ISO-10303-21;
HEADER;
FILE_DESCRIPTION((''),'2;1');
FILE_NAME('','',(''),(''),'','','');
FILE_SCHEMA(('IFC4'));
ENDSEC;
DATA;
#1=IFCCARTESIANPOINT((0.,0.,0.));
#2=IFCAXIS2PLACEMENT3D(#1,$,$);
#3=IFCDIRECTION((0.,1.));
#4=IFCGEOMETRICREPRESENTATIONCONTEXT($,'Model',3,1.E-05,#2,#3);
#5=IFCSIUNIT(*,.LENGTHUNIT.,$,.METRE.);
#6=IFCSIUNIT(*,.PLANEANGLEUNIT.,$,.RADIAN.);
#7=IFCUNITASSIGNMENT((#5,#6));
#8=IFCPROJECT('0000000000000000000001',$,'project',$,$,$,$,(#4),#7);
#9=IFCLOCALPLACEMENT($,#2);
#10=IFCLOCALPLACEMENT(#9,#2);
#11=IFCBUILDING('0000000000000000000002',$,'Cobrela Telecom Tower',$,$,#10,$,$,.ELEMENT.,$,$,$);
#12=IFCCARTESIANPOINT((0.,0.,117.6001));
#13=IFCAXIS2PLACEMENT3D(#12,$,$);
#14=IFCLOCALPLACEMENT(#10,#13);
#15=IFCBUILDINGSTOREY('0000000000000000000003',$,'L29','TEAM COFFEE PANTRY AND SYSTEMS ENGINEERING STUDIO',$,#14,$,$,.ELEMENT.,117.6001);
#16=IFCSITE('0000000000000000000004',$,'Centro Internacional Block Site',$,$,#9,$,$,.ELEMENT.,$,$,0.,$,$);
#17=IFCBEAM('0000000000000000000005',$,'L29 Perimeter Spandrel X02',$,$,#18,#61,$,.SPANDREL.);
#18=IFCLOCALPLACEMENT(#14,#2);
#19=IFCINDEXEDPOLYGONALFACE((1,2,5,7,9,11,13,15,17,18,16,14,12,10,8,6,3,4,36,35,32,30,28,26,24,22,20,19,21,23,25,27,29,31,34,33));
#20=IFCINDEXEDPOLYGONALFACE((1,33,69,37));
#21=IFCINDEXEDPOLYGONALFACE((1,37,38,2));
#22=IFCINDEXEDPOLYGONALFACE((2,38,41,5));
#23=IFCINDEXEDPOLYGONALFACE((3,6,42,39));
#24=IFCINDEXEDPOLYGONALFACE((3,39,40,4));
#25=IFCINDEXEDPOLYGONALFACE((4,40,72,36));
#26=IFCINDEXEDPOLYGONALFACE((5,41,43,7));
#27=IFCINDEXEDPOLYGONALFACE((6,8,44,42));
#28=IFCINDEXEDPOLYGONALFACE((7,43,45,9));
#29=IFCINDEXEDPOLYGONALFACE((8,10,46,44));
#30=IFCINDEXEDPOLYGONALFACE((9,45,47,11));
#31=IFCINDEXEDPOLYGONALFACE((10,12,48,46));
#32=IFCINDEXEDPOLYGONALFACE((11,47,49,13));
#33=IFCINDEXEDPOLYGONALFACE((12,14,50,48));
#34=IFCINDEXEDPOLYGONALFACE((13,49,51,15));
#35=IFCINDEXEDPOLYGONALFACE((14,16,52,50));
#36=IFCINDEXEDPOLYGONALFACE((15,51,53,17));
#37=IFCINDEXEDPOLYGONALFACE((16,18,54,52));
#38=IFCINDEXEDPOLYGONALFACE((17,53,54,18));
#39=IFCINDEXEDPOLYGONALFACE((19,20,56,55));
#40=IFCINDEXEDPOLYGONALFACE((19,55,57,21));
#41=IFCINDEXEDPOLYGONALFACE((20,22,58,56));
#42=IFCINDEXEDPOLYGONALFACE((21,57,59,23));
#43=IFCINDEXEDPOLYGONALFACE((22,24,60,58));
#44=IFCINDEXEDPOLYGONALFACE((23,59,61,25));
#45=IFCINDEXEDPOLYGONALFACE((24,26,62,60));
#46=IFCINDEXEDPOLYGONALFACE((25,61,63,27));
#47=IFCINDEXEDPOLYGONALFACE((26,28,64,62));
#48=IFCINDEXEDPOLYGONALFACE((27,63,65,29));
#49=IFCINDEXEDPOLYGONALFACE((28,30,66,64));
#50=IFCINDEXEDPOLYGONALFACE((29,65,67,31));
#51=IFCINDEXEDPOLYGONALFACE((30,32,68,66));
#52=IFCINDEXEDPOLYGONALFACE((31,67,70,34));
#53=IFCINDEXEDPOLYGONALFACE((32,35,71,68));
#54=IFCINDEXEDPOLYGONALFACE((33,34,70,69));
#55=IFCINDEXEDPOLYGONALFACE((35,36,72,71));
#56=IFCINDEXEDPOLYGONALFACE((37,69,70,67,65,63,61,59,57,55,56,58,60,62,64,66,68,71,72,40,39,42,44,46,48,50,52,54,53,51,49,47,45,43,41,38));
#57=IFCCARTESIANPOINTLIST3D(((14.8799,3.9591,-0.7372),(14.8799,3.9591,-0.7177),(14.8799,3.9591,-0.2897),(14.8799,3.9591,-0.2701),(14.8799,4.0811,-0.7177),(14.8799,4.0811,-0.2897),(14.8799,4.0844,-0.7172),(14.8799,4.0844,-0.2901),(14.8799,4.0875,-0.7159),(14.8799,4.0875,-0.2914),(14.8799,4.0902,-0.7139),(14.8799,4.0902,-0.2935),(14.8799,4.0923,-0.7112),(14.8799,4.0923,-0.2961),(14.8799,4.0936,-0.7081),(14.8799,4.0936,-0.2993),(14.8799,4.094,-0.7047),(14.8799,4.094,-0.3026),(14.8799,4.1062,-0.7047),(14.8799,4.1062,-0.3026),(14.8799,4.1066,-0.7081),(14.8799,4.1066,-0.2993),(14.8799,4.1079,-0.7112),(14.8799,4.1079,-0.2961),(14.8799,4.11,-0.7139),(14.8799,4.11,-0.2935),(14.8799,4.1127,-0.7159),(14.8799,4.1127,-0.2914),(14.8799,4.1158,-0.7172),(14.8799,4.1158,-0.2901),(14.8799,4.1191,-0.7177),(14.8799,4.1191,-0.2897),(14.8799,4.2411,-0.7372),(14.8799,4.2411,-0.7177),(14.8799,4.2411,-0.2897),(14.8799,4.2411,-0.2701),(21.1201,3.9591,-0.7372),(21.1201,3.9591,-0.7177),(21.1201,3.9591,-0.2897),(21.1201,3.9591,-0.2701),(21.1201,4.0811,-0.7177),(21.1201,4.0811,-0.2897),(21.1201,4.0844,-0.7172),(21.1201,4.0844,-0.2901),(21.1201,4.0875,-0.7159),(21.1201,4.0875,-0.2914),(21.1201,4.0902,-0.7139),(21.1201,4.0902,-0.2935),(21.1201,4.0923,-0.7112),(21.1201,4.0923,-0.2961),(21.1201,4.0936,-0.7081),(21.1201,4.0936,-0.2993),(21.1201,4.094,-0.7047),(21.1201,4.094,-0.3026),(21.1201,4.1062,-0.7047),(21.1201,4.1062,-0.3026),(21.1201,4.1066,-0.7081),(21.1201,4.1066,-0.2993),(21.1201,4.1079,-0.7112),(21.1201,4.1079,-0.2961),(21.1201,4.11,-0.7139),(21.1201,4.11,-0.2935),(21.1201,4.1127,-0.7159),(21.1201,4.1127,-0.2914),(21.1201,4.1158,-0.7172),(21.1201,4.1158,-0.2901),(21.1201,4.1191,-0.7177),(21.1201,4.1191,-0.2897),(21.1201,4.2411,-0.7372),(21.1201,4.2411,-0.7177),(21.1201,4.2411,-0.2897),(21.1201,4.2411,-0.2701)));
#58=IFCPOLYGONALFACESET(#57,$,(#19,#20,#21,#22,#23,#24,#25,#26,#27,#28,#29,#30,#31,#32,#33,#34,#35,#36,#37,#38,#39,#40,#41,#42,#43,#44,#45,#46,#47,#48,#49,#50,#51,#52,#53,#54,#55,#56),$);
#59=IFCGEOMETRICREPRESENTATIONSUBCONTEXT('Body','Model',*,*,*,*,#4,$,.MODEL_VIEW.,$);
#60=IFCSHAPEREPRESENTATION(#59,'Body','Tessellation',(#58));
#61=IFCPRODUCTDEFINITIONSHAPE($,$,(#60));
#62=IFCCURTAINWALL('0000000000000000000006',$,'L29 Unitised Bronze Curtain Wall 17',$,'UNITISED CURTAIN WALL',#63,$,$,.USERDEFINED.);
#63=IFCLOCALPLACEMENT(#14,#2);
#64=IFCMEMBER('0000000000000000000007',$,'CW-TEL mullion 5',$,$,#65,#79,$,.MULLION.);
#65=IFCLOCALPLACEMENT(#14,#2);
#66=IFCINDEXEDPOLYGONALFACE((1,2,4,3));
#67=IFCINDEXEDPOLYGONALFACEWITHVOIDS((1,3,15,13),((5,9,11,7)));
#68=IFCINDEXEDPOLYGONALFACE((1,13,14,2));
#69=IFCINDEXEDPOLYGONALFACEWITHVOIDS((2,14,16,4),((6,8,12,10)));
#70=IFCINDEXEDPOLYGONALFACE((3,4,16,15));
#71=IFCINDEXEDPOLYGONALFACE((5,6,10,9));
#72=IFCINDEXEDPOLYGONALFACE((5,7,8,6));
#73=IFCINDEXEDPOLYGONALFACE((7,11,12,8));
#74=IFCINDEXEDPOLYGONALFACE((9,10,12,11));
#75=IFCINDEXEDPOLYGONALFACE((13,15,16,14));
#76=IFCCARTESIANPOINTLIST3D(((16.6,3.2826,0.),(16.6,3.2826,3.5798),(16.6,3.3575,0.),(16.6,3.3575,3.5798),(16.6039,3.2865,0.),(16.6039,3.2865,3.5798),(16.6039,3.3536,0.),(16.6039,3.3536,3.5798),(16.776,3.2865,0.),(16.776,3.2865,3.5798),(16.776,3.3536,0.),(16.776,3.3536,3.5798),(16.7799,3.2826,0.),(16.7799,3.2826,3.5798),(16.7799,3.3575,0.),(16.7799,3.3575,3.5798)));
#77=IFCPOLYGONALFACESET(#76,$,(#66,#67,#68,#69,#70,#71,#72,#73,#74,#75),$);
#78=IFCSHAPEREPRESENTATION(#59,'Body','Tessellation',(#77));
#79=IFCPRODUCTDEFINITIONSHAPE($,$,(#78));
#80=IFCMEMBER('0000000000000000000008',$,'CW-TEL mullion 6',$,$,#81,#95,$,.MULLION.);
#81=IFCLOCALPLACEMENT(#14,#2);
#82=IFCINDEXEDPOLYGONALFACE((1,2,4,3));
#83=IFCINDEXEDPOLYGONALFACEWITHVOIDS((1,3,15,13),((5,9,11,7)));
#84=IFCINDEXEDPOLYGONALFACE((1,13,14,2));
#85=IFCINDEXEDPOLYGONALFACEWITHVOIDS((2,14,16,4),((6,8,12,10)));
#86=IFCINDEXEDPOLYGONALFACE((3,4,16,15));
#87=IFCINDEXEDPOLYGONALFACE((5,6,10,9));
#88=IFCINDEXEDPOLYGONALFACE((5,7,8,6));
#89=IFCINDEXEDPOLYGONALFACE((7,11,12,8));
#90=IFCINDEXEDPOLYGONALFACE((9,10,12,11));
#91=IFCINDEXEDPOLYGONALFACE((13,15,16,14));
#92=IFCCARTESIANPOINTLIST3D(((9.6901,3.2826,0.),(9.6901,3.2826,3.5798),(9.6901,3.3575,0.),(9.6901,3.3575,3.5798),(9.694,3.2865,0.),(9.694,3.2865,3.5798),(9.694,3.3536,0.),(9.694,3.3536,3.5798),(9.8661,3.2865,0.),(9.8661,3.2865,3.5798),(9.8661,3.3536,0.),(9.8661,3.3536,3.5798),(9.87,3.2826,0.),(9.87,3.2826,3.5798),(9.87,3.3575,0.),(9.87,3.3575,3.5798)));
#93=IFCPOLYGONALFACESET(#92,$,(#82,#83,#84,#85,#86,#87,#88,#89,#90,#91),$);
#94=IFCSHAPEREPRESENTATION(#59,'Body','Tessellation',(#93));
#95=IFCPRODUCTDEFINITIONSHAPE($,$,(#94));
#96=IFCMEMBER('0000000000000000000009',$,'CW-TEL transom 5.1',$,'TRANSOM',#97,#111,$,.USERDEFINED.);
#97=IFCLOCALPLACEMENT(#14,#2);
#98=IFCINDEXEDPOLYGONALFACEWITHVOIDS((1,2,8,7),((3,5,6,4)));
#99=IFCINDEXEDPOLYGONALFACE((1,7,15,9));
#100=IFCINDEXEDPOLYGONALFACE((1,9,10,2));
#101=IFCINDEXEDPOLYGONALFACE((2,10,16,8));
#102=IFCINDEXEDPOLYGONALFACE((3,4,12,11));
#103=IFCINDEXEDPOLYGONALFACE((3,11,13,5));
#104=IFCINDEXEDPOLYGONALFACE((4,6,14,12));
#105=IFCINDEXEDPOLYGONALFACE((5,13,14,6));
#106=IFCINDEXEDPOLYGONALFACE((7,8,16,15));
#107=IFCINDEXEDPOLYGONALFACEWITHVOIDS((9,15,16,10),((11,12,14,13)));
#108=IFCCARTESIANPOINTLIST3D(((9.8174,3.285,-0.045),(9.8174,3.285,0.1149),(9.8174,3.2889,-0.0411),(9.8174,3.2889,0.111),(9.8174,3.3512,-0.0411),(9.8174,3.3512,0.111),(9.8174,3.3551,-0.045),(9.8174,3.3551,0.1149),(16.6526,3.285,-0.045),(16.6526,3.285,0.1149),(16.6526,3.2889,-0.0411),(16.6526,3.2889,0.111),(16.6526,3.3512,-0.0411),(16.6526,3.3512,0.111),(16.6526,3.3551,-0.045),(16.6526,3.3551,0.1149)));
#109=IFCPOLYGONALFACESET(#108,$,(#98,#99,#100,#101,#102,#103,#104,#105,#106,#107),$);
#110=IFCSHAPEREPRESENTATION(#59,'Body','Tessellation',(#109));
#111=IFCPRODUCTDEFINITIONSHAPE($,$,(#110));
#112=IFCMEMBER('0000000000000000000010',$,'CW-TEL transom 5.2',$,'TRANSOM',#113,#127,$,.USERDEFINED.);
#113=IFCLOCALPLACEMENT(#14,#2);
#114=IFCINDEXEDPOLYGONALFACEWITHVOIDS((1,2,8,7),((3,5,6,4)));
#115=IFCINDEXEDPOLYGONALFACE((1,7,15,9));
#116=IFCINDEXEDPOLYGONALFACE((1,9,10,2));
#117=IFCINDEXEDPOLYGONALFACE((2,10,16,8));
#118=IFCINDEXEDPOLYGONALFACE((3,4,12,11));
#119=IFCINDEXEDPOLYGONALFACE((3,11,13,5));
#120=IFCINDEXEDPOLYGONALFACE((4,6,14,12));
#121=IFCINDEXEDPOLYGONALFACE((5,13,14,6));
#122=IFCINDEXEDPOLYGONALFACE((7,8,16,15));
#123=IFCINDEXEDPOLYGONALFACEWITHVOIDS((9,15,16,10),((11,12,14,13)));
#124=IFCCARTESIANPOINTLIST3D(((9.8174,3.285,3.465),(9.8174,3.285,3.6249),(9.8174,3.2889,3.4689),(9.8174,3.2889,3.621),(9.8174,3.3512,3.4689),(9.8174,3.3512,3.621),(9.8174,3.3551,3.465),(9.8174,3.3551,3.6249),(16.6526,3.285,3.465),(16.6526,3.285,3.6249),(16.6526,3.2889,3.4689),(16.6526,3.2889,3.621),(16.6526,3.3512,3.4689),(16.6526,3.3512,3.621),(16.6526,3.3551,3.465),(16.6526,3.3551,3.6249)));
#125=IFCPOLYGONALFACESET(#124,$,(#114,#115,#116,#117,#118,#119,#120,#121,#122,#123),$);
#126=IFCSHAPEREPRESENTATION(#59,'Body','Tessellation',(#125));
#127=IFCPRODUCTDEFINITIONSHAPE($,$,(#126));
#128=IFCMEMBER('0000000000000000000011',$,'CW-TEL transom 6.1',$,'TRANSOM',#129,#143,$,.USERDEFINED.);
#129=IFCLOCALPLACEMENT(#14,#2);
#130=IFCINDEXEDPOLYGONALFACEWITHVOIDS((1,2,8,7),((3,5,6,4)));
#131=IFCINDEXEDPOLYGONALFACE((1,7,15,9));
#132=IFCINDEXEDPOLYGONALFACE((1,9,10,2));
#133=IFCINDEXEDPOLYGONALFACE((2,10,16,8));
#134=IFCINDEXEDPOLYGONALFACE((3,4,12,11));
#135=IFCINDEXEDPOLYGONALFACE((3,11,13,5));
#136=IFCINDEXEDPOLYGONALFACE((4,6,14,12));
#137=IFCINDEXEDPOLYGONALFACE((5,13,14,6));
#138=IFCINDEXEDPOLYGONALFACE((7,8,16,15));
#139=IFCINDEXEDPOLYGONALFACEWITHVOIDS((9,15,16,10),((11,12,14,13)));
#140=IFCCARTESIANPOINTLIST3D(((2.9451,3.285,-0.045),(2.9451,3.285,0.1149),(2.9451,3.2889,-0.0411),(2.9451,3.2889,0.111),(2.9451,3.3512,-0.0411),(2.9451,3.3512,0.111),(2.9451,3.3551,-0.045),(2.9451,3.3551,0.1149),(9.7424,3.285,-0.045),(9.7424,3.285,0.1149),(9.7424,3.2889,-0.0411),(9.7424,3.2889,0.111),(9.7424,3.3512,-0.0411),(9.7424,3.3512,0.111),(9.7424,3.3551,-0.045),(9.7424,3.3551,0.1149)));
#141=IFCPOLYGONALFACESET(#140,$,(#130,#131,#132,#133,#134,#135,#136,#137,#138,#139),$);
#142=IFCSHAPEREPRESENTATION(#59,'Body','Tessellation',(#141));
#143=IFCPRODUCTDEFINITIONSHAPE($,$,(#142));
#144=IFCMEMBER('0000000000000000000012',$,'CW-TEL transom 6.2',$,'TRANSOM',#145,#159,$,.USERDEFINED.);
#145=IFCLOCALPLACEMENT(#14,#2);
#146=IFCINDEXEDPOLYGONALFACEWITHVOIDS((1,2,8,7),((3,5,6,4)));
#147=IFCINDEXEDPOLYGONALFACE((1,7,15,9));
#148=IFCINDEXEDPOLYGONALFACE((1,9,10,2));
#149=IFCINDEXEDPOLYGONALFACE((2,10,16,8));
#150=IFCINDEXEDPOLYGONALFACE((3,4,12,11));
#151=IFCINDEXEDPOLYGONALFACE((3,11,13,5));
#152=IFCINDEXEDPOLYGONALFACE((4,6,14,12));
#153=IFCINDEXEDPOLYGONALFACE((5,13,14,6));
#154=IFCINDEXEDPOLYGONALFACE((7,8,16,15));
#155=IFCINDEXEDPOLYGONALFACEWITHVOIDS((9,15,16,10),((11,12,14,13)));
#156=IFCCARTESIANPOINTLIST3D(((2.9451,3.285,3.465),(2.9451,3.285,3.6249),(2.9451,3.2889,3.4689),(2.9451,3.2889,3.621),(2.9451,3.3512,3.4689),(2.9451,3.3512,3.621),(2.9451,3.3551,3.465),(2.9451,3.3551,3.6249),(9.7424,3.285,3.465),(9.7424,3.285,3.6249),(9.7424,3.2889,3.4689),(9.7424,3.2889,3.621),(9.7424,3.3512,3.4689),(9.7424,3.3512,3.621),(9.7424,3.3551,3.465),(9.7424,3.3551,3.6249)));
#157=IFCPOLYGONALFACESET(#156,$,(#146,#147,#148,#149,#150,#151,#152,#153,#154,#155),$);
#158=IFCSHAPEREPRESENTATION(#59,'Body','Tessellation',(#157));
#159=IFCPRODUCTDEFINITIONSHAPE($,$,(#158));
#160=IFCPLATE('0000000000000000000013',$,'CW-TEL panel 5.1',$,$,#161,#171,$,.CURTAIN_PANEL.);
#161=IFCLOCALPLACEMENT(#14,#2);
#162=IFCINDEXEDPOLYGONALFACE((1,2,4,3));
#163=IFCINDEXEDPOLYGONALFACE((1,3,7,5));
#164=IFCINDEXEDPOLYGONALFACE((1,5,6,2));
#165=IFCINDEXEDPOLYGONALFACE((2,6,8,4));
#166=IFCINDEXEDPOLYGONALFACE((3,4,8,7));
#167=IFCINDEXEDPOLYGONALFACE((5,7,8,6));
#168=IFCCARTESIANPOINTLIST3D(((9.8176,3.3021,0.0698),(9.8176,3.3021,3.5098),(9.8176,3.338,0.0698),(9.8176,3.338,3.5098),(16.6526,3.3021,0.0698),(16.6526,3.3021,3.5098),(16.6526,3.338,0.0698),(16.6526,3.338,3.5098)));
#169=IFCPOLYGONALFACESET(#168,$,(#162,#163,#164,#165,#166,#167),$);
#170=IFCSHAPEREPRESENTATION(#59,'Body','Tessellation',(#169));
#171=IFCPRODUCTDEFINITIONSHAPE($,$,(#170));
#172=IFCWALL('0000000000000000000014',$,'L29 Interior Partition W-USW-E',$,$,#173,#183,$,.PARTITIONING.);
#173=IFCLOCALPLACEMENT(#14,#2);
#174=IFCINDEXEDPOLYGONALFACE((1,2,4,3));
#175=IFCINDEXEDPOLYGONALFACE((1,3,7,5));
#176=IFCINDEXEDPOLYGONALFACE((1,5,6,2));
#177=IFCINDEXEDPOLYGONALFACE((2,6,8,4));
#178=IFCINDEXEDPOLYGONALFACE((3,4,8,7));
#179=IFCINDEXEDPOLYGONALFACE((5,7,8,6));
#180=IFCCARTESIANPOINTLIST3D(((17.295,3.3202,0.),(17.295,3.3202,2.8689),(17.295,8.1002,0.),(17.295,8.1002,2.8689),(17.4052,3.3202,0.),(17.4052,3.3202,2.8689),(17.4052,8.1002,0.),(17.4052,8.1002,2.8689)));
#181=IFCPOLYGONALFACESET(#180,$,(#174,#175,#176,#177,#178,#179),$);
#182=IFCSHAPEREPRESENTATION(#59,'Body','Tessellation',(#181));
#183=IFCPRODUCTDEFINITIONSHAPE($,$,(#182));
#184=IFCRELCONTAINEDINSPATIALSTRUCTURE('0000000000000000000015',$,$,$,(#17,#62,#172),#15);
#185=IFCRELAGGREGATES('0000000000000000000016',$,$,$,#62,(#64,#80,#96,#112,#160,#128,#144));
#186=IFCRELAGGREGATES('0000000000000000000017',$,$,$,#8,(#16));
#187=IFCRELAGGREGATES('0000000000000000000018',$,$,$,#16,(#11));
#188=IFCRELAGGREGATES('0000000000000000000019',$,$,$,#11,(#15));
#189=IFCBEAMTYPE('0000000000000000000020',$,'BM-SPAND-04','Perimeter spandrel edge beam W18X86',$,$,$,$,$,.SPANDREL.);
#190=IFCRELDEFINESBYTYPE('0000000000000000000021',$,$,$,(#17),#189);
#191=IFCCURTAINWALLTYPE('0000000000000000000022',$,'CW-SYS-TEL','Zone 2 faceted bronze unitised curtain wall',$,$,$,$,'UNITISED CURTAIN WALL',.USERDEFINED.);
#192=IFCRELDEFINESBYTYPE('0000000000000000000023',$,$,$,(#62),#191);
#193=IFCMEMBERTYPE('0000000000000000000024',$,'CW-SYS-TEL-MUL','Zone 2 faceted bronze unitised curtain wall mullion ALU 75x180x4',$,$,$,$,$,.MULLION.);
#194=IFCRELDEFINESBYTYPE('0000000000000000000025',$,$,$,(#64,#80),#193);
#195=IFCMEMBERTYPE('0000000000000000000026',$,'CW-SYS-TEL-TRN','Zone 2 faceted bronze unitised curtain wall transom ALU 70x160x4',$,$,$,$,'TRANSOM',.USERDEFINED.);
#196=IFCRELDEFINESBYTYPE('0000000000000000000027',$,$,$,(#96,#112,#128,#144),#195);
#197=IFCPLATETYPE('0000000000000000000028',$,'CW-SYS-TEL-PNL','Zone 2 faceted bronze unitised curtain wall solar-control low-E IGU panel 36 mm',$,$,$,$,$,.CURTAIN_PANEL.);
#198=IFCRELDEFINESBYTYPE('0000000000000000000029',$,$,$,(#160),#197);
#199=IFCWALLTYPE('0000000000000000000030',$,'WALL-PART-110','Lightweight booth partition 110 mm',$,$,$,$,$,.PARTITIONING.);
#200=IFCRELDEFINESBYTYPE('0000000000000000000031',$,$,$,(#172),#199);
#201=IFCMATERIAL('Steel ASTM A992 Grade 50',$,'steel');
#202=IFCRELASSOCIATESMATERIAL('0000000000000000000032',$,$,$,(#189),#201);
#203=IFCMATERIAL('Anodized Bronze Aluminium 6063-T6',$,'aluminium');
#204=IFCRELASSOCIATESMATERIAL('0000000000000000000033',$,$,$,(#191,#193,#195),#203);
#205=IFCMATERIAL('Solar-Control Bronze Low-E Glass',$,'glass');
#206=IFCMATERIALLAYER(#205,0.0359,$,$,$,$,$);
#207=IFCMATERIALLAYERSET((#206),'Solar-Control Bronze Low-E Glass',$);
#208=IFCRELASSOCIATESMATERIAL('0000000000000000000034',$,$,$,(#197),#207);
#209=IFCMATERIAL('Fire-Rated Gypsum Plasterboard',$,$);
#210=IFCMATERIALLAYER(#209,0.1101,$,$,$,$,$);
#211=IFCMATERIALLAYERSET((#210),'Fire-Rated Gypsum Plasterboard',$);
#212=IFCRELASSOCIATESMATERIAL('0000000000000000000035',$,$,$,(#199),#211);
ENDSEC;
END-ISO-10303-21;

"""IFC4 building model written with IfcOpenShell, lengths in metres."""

from ifc_helpers import new_model, si_unit, direction, frame, frame_2d, origin, origin_2d, place, context, subcontext, project, spatial, rectangle, hollow_rectangle, i_section, extrude, material, layer, layer_set, material_profile, profile_set, type_object, element, aggregate, save


model = new_model("IFC4")

# Units and contexts
model_context = context("Model", 3, precision=1e-05, world=origin(), true_north=direction((0.0, 1.0)))
body_context = subcontext(model_context, "Body", "Model", "MODEL_VIEW")
ifc_project = project(units=[si_unit("LENGTHUNIT", "METRE"), si_unit("PLANEANGLEUNIT", "RADIAN")], contexts=[model_context])

# Site, building, storey
site_placement = place(None, origin())
site = spatial("IfcSite", under=ifc_project, at=site_placement, Name="Centro Internacional Block Site", CompositionType="ELEMENT", RefElevation=0.0)
building_placement = place(site_placement, origin())
building = spatial("IfcBuilding", under=site, at=building_placement, Name="Cobrela Telecom Tower", CompositionType="ELEMENT")
storey_placement = place(building_placement, frame((0.0, 0.0, 117.6001)))
storey = spatial("IfcBuildingStorey", under=building, at=storey_placement, Name="L29", Description="TEAM COFFEE PANTRY AND SYSTEMS ENGINEERING STUDIO", CompositionType="ELEMENT", Elevation=117.6001)

# Beam
ifc_material_1 = material(Name="Steel ASTM A992 Grade 50", Category="steel")
ifc_material_profile_1 = material_profile(ifc_material_1, i_section(OverallWidth=0.282, OverallDepth=0.467, WebThickness=0.0122, FlangeThickness=0.0195, FilletRadius=0.0129, at=origin_2d()), Name="W18X86")
ifc_profile_set_1 = profile_set([ifc_material_profile_1], Name="Steel ASTM A992 Grade 50")
beam_type_1 = type_object("IfcBeamType", Name="BM-SPAND-04", Description="Perimeter spandrel edge beam W18X86", PredefinedType="SPANDREL", material=ifc_profile_set_1)
beam_1_placement = place(storey_placement, frame((14.8799, 4.1001, -0.5037), z_axis=(1.0, 0.0, 0.0), x_axis=(0.0, 1.0, 0.0)))
element("IfcBeam", 1, at=beam_1_placement, inside=storey, type_object=beam_type_1, Name="L29 Perimeter Spandrel X02", PredefinedType="SPANDREL", context=body_context, shape_type="SweptSolid", body=[
    extrude(i_section(OverallWidth=0.282, OverallDepth=0.467, WebThickness=0.0122, FlangeThickness=0.0195, FilletRadius=0.0129, at=origin_2d()), origin(), (0.0, 0.0, 1.0), 6.2402),
])

# Curtain wall, members, plate
ifc_material_2 = material(Name="Anodized Bronze Aluminium 6063-T6", Category="aluminium")
curtain_wall_type = type_object("IfcCurtainWallType", Name="CW-SYS-TEL", Description="Zone 2 faceted bronze unitised curtain wall", ElementType="UNITISED CURTAIN WALL", PredefinedType="USERDEFINED", material=ifc_material_2)
curtain_wall_placement = place(storey_placement, origin())
curtain_wall = element("IfcCurtainWall", 2, at=curtain_wall_placement, inside=storey, type_object=curtain_wall_type, Name="L29 Unitised Bronze Curtain Wall 17", ObjectType="UNITISED CURTAIN WALL", PredefinedType="USERDEFINED")
ifc_material_profile_2 = material_profile(ifc_material_2, hollow_rectangle(XDim=0.075, YDim=0.1799, WallThickness=0.0039, at=origin_2d()), Name="ALU 75x180x4")
ifc_profile_set_2 = profile_set([ifc_material_profile_2], Name="Anodized Bronze Aluminium 6063-T6")
member_type_1 = type_object("IfcMemberType", Name="CW-SYS-TEL-MUL", Description="Zone 2 faceted bronze unitised curtain wall mullion ALU 75x180x4", PredefinedType="MULLION", material=ifc_profile_set_2)
member_1_placement = place(storey_placement, frame((16.6899, 3.3201, 0.0), z_axis=(0.0, 0.0, 1.0), x_axis=(0.0, -1.0, 0.0)))
member_1 = element("IfcMember", 3, at=member_1_placement, type_object=member_type_1, Name="CW-TEL mullion 5", PredefinedType="MULLION", context=body_context, shape_type="SweptSolid", body=[
    extrude(hollow_rectangle(XDim=0.075, YDim=0.1799, WallThickness=0.0039, at=origin_2d()), origin(), (0.0, 0.0, 1.0), 3.5798),
])
member_2_placement = place(storey_placement, frame((9.78, 3.3201, 0.0), z_axis=(0.0, 0.0, 1.0), x_axis=(0.0, -1.0, 0.0)))
member_2 = element("IfcMember", 4, at=member_2_placement, type_object=member_type_1, Name="CW-TEL mullion 6", PredefinedType="MULLION", context=body_context, shape_type="SweptSolid", body=[
    extrude(hollow_rectangle(XDim=0.075, YDim=0.1799, WallThickness=0.0039, at=origin_2d()), origin(), (0.0, 0.0, 1.0), 3.5798),
])
ifc_material_profile_3 = material_profile(ifc_material_2, hollow_rectangle(XDim=0.0701, YDim=0.1599, WallThickness=0.0039, at=origin_2d()), Name="ALU 70x160x4")
ifc_profile_set_3 = profile_set([ifc_material_profile_3], Name="Anodized Bronze Aluminium 6063-T6")
member_type_2 = type_object("IfcMemberType", Name="CW-SYS-TEL-TRN", Description="Zone 2 faceted bronze unitised curtain wall transom ALU 70x160x4", ElementType="TRANSOM", PredefinedType="USERDEFINED", material=ifc_profile_set_3)
member_3_placement = place(storey_placement, frame((16.6526, 3.3201, 0.0349), z_axis=(-1.0, 0.0, 0.0), x_axis=(0.0, -1.0, 0.0)))
member_3 = element("IfcMember", 5, at=member_3_placement, type_object=member_type_2, Name="CW-TEL transom 5.1", ObjectType="TRANSOM", PredefinedType="USERDEFINED", context=body_context, shape_type="SweptSolid", body=[
    extrude(hollow_rectangle(XDim=0.0701, YDim=0.1599, WallThickness=0.0039, at=origin_2d()), origin(), (0.0, 0.0, 1.0), 6.8352),
])
member_4_placement = place(storey_placement, frame((16.6526, 3.3201, 3.5449), z_axis=(-1.0, 0.0, 0.0), x_axis=(0.0, -1.0, 0.0)))
member_4 = element("IfcMember", 6, at=member_4_placement, type_object=member_type_2, Name="CW-TEL transom 5.2", ObjectType="TRANSOM", PredefinedType="USERDEFINED", context=body_context, shape_type="SweptSolid", body=[
    extrude(hollow_rectangle(XDim=0.0701, YDim=0.1599, WallThickness=0.0039, at=origin_2d()), origin(), (0.0, 0.0, 1.0), 6.8352),
])
member_5_placement = place(storey_placement, frame((9.7424, 3.3201, 0.0349), z_axis=(-1.0, 0.0, 0.0), x_axis=(0.0, -1.0, 0.0)))
member_5 = element("IfcMember", 7, at=member_5_placement, type_object=member_type_2, Name="CW-TEL transom 6.1", ObjectType="TRANSOM", PredefinedType="USERDEFINED", context=body_context, shape_type="SweptSolid", body=[
    extrude(hollow_rectangle(XDim=0.0701, YDim=0.1599, WallThickness=0.0039, at=origin_2d()), origin(), (0.0, 0.0, 1.0), 6.7974),
])
member_6_placement = place(storey_placement, frame((9.7424, 3.3201, 3.5449), z_axis=(-1.0, 0.0, 0.0), x_axis=(0.0, -1.0, 0.0)))
member_6 = element("IfcMember", 8, at=member_6_placement, type_object=member_type_2, Name="CW-TEL transom 6.2", ObjectType="TRANSOM", PredefinedType="USERDEFINED", context=body_context, shape_type="SweptSolid", body=[
    extrude(hollow_rectangle(XDim=0.0701, YDim=0.1599, WallThickness=0.0039, at=origin_2d()), origin(), (0.0, 0.0, 1.0), 6.7974),
])
ifc_material_3 = material(Name="Solar-Control Bronze Low-E Glass", Category="glass")
ifc_layer_1 = layer(ifc_material_3, 0.0359)
ifc_layer_set_1 = layer_set([ifc_layer_1], Name="Solar-Control Bronze Low-E Glass")
plate_type = type_object("IfcPlateType", Name="CW-SYS-TEL-PNL", Description="Zone 2 faceted bronze unitised curtain wall solar-control low-E IGU panel 36 mm", PredefinedType="CURTAIN_PANEL", material=ifc_layer_set_1)
plate_placement = place(storey_placement, frame((13.2351, 3.3201, 0.0698), z_axis=(0.0, 0.0, 1.0), x_axis=(-1.0, 0.0, 0.0)))
plate = element("IfcPlate", 9, at=plate_placement, type_object=plate_type, Name="CW-TEL panel 5.1", PredefinedType="CURTAIN_PANEL", context=body_context, shape_type="SweptSolid", body=[
    extrude(rectangle(XDim=6.835, YDim=0.0359, at=origin_2d()), origin(), (0.0, 0.0, 1.0), 3.4399),
])
aggregate(curtain_wall, [member_1, member_2, member_3, member_4, plate, member_5, member_6])

# Shared definitions
ifc_material_4 = material(Name="Fire-Rated Gypsum Plasterboard")
ifc_layer_2 = layer(ifc_material_4, 0.1101)
ifc_layer_set_2 = layer_set([ifc_layer_2], Name="Fire-Rated Gypsum Plasterboard")
wall_type_1 = type_object("IfcWallType", Name="WALL-PART-110", Description="Lightweight booth partition 110 mm", PredefinedType="PARTITIONING", material=ifc_layer_set_2)

# Wall
wall_1_placement = place(storey_placement, frame((17.3501, 3.3201, 0.0), z_axis=(0.0, 0.0, 1.0), x_axis=(0.0, 1.0, 0.0)))
element("IfcWall", 10, at=wall_1_placement, inside=storey, type_object=wall_type_1, Name="L29 Interior Partition W-USW-E", PredefinedType="PARTITIONING", context=body_context, shape_type="SweptSolid", body=[
    extrude(rectangle(XDim=4.78, YDim=0.1101, at=frame_2d((2.3901, 0.0))), origin(), (0.0, 0.0, 1.0), 2.8689),
])

save(model, "model.ifc")
